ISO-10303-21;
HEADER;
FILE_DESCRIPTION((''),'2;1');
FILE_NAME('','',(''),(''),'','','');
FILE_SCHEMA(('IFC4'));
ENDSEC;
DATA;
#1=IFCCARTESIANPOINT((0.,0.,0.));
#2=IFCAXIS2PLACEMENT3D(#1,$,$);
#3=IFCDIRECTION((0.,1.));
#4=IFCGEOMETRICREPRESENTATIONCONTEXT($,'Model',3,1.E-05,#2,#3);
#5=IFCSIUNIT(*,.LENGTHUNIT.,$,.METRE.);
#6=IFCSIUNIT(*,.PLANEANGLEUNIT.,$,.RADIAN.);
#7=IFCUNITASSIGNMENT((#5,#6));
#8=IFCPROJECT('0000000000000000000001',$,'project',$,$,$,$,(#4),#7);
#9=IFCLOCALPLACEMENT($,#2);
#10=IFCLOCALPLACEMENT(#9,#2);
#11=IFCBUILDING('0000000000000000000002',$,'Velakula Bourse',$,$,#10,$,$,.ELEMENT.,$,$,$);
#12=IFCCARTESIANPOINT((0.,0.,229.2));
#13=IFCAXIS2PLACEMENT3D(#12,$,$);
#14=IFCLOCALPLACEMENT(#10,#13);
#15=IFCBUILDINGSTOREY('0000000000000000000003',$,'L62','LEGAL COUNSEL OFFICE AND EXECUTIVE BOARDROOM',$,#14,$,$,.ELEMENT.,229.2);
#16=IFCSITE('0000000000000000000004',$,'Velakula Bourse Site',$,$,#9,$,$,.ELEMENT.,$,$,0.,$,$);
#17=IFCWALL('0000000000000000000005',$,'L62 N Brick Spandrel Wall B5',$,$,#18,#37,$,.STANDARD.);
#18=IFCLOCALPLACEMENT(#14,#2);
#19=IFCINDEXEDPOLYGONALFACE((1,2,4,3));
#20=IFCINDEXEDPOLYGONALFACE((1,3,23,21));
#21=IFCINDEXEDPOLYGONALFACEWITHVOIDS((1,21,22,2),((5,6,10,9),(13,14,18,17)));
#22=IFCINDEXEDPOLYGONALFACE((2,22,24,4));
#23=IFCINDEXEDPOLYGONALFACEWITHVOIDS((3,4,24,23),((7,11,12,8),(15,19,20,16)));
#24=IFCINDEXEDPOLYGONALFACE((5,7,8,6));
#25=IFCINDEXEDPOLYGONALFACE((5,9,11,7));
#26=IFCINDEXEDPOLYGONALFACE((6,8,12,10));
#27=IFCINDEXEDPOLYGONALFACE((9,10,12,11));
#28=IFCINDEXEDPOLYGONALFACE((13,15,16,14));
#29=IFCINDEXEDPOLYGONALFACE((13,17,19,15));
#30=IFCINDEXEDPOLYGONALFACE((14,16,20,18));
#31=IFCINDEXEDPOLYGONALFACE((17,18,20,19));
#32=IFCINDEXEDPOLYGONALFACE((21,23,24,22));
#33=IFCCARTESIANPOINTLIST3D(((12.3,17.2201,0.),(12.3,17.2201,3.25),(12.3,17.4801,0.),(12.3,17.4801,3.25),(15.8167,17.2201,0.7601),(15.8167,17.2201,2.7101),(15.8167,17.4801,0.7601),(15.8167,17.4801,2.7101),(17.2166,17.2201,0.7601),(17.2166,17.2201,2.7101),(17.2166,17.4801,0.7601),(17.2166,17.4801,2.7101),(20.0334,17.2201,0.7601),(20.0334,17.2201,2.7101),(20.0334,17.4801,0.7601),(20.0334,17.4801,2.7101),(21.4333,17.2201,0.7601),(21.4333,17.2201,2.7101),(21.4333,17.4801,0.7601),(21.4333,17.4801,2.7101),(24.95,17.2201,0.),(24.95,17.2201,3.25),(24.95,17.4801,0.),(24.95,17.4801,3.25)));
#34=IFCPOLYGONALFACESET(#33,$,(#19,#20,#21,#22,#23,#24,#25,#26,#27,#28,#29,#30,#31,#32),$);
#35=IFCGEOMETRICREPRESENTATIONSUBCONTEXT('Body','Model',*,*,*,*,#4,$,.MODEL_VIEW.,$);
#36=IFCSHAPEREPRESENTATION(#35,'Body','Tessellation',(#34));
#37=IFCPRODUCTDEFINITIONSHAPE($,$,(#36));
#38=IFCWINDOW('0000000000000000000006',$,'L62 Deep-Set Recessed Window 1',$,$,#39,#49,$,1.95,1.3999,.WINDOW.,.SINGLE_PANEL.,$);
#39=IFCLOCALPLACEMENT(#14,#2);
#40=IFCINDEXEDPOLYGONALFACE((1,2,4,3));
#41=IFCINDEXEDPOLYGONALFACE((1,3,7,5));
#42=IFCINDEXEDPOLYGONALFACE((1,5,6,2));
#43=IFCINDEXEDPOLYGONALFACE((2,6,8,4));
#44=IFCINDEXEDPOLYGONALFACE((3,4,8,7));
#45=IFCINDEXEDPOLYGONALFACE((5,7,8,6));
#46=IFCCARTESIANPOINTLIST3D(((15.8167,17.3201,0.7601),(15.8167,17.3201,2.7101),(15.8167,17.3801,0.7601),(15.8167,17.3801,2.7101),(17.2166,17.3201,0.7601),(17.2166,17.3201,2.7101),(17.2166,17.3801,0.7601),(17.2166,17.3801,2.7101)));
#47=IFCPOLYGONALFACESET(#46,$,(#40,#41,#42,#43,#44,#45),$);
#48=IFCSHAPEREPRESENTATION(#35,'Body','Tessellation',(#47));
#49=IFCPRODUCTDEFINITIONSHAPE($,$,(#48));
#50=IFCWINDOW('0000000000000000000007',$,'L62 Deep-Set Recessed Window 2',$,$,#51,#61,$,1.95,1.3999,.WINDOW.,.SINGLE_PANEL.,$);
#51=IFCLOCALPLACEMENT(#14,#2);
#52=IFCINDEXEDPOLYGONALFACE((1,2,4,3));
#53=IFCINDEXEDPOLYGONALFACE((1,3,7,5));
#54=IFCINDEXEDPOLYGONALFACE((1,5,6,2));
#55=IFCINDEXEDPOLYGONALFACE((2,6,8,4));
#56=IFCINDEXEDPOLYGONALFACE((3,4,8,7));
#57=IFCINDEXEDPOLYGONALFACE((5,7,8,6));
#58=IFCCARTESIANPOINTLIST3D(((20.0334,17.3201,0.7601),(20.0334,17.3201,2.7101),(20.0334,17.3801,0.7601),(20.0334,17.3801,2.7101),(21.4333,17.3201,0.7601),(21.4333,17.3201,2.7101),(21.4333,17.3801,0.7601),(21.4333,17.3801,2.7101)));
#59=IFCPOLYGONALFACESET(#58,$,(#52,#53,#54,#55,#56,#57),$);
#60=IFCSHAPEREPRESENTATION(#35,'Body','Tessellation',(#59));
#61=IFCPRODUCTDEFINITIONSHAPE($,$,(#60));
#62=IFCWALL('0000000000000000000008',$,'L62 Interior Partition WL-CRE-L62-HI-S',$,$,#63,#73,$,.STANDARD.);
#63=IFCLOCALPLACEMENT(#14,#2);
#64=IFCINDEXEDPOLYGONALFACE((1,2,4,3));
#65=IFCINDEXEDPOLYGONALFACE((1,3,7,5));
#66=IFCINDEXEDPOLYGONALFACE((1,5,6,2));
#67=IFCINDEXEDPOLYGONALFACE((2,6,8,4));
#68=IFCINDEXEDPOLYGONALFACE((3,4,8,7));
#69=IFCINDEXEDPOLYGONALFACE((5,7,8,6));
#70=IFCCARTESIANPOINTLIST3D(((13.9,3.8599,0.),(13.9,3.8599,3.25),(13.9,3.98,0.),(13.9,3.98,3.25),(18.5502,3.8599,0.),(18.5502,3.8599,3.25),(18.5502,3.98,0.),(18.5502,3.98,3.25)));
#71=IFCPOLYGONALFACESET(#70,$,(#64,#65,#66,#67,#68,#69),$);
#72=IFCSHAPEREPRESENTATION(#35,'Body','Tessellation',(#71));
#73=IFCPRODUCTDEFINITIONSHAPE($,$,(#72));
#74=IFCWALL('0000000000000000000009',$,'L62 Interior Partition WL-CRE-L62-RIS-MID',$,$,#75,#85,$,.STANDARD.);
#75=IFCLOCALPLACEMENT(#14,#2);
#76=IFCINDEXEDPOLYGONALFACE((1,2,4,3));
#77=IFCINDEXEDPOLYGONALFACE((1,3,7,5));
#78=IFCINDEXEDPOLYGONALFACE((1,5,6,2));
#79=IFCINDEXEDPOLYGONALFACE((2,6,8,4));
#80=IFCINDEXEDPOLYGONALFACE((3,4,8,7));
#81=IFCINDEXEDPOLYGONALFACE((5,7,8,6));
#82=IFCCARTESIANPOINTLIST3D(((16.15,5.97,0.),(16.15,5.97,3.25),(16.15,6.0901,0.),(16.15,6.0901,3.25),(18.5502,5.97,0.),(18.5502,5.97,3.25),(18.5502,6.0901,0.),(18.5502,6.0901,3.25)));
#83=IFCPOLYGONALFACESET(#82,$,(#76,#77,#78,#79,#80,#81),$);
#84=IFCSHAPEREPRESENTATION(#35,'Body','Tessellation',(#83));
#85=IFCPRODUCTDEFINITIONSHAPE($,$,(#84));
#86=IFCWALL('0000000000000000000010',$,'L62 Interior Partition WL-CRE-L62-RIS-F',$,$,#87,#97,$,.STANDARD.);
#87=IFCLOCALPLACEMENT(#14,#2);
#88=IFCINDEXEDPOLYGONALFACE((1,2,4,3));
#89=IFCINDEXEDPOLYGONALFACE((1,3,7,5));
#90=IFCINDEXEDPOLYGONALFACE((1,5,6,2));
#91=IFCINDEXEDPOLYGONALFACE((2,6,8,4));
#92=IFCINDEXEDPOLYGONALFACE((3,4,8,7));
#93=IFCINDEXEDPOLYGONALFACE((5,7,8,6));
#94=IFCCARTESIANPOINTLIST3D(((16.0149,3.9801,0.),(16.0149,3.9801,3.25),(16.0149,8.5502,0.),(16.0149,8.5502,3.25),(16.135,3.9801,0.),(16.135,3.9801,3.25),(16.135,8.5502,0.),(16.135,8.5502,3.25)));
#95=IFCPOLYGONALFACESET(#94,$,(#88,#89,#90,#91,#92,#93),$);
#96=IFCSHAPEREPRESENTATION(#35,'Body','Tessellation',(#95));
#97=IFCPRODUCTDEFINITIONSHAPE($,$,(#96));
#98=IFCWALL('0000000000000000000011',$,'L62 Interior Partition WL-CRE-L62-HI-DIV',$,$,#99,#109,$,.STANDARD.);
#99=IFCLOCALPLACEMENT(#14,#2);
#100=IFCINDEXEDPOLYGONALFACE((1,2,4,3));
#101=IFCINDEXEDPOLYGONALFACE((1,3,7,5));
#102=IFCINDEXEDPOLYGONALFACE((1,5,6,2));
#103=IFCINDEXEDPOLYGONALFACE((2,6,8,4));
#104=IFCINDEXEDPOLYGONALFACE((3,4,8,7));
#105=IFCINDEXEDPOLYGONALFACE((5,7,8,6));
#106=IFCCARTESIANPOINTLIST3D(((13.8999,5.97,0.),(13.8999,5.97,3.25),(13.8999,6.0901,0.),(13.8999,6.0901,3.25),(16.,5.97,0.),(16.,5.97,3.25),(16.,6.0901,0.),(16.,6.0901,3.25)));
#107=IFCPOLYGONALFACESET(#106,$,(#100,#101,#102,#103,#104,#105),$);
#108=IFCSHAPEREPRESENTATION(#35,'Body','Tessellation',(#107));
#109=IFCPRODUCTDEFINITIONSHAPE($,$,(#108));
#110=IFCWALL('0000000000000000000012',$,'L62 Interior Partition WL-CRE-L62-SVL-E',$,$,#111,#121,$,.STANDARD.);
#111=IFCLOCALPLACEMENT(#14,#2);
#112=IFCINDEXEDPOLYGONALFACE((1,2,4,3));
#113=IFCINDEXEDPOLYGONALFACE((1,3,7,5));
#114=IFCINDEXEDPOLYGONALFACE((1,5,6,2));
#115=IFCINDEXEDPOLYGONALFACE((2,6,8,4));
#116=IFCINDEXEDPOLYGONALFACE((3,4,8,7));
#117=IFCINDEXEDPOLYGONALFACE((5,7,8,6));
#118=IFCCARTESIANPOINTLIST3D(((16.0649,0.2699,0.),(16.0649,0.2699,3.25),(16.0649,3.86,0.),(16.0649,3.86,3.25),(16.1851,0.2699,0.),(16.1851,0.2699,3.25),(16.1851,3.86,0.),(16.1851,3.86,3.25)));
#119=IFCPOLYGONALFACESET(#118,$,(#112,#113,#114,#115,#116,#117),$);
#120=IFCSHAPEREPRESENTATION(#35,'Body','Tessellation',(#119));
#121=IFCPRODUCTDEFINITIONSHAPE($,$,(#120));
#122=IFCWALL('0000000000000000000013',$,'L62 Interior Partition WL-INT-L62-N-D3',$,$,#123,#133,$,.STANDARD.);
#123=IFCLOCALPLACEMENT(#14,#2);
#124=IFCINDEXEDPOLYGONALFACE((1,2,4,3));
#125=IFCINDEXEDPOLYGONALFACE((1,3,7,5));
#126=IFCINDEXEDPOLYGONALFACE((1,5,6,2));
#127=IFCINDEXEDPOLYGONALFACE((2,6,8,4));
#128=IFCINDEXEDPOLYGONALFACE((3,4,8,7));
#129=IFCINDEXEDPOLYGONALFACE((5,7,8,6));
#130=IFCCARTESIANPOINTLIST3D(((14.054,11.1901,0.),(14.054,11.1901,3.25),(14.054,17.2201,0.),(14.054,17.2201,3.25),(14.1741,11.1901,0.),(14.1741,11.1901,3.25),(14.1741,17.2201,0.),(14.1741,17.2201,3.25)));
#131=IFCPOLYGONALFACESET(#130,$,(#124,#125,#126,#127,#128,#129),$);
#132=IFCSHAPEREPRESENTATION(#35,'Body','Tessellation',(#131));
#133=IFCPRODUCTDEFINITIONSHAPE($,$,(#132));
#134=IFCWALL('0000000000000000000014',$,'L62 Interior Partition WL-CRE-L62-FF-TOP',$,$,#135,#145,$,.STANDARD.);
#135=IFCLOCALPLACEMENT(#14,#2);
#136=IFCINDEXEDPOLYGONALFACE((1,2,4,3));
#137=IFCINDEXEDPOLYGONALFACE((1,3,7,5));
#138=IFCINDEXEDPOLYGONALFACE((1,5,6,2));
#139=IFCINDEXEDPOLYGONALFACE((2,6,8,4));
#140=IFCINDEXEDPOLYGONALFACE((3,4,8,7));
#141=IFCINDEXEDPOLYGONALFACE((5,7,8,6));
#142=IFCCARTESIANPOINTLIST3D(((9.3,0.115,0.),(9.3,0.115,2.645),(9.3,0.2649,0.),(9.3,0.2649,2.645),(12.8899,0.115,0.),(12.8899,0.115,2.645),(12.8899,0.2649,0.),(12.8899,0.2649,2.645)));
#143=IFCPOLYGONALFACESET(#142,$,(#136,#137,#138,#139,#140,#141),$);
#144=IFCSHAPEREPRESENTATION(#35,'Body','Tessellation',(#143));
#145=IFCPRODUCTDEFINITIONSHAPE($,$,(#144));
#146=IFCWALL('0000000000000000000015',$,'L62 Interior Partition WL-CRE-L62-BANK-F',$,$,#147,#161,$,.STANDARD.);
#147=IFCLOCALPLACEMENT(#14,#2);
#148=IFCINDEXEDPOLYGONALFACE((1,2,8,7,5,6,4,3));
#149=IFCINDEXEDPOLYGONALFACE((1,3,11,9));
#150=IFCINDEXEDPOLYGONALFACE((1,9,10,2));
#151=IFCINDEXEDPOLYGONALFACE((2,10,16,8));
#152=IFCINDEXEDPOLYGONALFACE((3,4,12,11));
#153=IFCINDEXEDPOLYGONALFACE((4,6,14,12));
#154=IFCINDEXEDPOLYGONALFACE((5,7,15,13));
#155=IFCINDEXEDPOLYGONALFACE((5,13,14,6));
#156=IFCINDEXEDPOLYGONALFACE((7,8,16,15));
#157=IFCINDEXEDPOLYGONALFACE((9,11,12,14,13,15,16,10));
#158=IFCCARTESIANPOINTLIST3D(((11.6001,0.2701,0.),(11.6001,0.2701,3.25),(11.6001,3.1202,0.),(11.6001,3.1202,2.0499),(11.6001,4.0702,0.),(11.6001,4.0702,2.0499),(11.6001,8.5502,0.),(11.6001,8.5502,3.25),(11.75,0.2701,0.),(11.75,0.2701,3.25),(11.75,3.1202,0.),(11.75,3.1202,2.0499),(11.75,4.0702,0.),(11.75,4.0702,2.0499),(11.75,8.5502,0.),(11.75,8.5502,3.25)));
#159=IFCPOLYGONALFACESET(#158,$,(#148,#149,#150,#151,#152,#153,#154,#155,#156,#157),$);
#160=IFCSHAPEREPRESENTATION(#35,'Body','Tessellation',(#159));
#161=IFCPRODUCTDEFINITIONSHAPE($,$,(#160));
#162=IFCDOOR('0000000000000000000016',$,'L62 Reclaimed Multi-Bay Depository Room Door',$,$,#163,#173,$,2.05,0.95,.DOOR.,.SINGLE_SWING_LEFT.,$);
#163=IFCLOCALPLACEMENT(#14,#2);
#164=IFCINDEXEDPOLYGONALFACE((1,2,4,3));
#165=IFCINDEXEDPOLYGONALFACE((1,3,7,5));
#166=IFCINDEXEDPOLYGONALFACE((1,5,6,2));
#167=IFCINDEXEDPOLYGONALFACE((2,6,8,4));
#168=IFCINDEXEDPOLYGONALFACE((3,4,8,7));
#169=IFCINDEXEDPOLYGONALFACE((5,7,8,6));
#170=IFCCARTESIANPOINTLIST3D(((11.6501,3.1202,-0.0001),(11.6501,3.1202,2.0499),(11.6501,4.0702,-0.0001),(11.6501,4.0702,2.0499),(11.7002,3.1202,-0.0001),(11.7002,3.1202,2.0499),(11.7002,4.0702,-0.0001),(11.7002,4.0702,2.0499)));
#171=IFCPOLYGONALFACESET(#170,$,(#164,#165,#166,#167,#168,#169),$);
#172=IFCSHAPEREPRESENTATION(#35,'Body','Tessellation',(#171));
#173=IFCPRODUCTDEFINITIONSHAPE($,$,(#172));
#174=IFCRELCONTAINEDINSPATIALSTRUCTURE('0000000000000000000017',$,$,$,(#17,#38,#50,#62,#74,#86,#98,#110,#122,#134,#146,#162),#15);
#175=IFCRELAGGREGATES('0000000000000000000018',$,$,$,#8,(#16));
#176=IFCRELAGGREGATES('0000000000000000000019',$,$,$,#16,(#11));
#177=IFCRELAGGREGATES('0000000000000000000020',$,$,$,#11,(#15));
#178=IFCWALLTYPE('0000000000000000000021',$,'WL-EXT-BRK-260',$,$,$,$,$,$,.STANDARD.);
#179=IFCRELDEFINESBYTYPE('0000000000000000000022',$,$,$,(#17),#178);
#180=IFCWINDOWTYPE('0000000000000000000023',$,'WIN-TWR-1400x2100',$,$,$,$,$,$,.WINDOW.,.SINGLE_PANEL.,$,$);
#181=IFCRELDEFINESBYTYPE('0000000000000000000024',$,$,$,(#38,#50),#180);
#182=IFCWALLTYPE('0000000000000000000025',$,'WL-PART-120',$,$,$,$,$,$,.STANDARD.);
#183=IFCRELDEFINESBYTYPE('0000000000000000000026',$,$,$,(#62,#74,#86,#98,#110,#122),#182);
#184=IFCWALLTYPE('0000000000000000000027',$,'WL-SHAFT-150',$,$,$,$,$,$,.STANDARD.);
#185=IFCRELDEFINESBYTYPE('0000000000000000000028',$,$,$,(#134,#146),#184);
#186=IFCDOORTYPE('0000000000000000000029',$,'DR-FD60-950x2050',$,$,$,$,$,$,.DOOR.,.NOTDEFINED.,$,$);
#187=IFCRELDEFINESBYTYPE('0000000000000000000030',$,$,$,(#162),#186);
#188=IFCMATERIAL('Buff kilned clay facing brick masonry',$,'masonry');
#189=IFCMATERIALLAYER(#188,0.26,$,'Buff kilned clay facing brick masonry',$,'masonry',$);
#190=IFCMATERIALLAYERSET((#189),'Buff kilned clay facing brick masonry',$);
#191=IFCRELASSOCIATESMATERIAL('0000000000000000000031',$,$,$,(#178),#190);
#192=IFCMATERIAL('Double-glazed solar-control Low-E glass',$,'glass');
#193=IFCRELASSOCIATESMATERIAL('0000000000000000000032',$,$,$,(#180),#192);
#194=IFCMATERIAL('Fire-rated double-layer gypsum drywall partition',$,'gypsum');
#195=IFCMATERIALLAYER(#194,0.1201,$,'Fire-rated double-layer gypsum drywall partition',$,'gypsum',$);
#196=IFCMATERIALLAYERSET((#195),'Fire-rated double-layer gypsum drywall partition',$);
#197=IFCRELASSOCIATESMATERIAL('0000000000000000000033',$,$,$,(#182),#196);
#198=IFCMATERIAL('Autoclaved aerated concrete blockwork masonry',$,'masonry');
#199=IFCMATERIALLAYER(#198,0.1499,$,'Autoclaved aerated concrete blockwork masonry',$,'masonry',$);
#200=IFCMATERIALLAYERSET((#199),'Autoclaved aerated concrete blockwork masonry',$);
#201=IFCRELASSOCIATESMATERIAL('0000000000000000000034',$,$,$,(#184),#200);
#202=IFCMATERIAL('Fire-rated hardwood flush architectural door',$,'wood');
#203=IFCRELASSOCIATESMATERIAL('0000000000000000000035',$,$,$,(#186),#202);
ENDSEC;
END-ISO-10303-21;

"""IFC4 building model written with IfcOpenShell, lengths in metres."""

from ifc_helpers import new_model, si_unit, direction, frame, frame_2d, origin, place, context, subcontext, project, spatial, rectangle, extrude, material, layer, layer_set, type_object, element, fill, save


model = new_model("IFC4")

# Units and contexts
model_context = context("Model", 3, precision=1e-05, world=origin(), true_north=direction((0.0, 1.0)))
body_context = subcontext(model_context, "Body", "Model", "MODEL_VIEW")
ifc_project = project(units=[si_unit("LENGTHUNIT", "METRE"), si_unit("PLANEANGLEUNIT", "RADIAN")], contexts=[model_context])

# Site, building, storey
site_placement = place(None, origin())
site = spatial("IfcSite", under=ifc_project, at=site_placement, Name="Velakula Bourse Site", CompositionType="ELEMENT", RefElevation=0.0)
building_placement = place(site_placement, origin())
building = spatial("IfcBuilding", under=site, at=building_placement, Name="Velakula Bourse", CompositionType="ELEMENT")
storey_placement = place(building_placement, frame((0.0, 0.0, 229.2)))
storey = spatial("IfcBuildingStorey", under=building, at=storey_placement, Name="L62", Description="LEGAL COUNSEL OFFICE AND EXECUTIVE BOARDROOM", CompositionType="ELEMENT", Elevation=229.2)

# Wall, openings, windows
ifc_material_1 = material(Name="Buff kilned clay facing brick masonry", Category="masonry")
ifc_layer_1 = layer(ifc_material_1, 0.26, Name="Buff kilned clay facing brick masonry", Category="masonry")
ifc_layer_set_1 = layer_set([ifc_layer_1], Name="Buff kilned clay facing brick masonry")
wall_type_1 = type_object("IfcWallType", Name="WL-EXT-BRK-260", PredefinedType="STANDARD", material=ifc_layer_set_1)
wall_1_placement = place(storey_placement, frame((12.3, 17.3501, 0.0), z_axis=(0.0, 0.0, 1.0), x_axis=(1.0, 0.0, 0.0)))
wall_1 = element("IfcWall", 1, at=wall_1_placement, inside=storey, type_object=wall_type_1, Name="L62 N Brick Spandrel Wall B5", PredefinedType="STANDARD", context=body_context, shape_type="SweptSolid", body=[
    extrude(rectangle(XDim=12.6499, YDim=0.26, at=frame_2d((6.325, 0.0))), origin(), (0.0, 0.0, 1.0), 3.25),
])
opening_1_placement = place(wall_1_placement, frame((3.5166, 0.0, 0.76)))
opening_1 = element("IfcOpeningElement", 2, at=opening_1_placement, cuts=wall_1, PredefinedType="OPENING", context=body_context, shape_type="SweptSolid", body=[
    extrude(rectangle(XDim=1.3999, YDim=1.95, at=frame_2d((0.7, 0.9751))), frame((0.0, 0.1399, 0.0), z_axis=(0.0, -1.0, 0.0), x_axis=(1.0, 0.0, 0.0)), (0.0, 0.0, 1.0), 0.28),
])
opening_2_placement = place(wall_1_placement, frame((7.7334, 0.0, 0.76)))
opening_2 = element("IfcOpeningElement", 3, at=opening_2_placement, cuts=wall_1, PredefinedType="OPENING", context=body_context, shape_type="SweptSolid", body=[
    extrude(rectangle(XDim=1.3999, YDim=1.95, at=frame_2d((0.7, 0.9751))), frame((0.0, 0.1399, 0.0), z_axis=(0.0, -1.0, 0.0), x_axis=(1.0, 0.0, 0.0)), (0.0, 0.0, 1.0), 0.28),
])
ifc_material_2 = material(Name="Double-glazed solar-control Low-E glass", Category="glass")
window_type = type_object("IfcWindowType", Name="WIN-TWR-1400x2100", PartitioningType="SINGLE_PANEL", PredefinedType="WINDOW", material=ifc_material_2)
window_1_placement = place(opening_1_placement, origin())
window_1 = element("IfcWindow", 4, at=window_1_placement, inside=storey, type_object=window_type, Name="L62 Deep-Set Recessed Window 1", OverallHeight=1.95, OverallWidth=1.3999, PartitioningType="SINGLE_PANEL", PredefinedType="WINDOW", context=body_context, shape_type="SweptSolid", body=[
    extrude(rectangle(XDim=1.3999, YDim=1.95, at=frame_2d((0.7, 0.9751))), frame((0.0, 0.03, 0.0), z_axis=(0.0, -1.0, 0.0), x_axis=(1.0, 0.0, 0.0)), (0.0, 0.0, 1.0), 0.0601),
])
fill(opening_1, window_1)
window_2_placement = place(opening_2_placement, origin())
window_2 = element("IfcWindow", 5, at=window_2_placement, inside=storey, type_object=window_type, Name="L62 Deep-Set Recessed Window 2", OverallHeight=1.95, OverallWidth=1.3999, PartitioningType="SINGLE_PANEL", PredefinedType="WINDOW", context=body_context, shape_type="SweptSolid", body=[
    extrude(rectangle(XDim=1.3999, YDim=1.95, at=frame_2d((0.7, 0.9751))), frame((0.0, 0.03, 0.0), z_axis=(0.0, -1.0, 0.0), x_axis=(1.0, 0.0, 0.0)), (0.0, 0.0, 1.0), 0.0601),
])
fill(opening_2, window_2)

# Walls
ifc_material_3 = material(Name="Fire-rated double-layer gypsum drywall partition", Category="gypsum")
ifc_layer_2 = layer(ifc_material_3, 0.1201, Name="Fire-rated double-layer gypsum drywall partition", Category="gypsum")
ifc_layer_set_2 = layer_set([ifc_layer_2], Name="Fire-rated double-layer gypsum drywall partition")
wall_type_2 = type_object("IfcWallType", Name="WL-PART-120", PredefinedType="STANDARD", material=ifc_layer_set_2)
wall_2_placement = place(storey_placement, frame((13.8999, 3.9199, 0.0), z_axis=(0.0, 0.0, 1.0), x_axis=(1.0, 0.0, 0.0)))
element("IfcWall", 6, at=wall_2_placement, inside=storey, type_object=wall_type_2, Name="L62 Interior Partition WL-CRE-L62-HI-S", PredefinedType="STANDARD", context=body_context, shape_type="SweptSolid", body=[
    extrude(rectangle(XDim=4.6501, YDim=0.1201, at=frame_2d((2.3252, 0.0))), origin(), (0.0, 0.0, 1.0), 3.25),
])
wall_3_placement = place(storey_placement, frame((16.1499, 6.03, 0.0), z_axis=(0.0, 0.0, 1.0), x_axis=(1.0, 0.0, 0.0)))
element("IfcWall", 7, at=wall_3_placement, inside=storey, type_object=wall_type_2, Name="L62 Interior Partition WL-CRE-L62-RIS-MID", PredefinedType="STANDARD", context=body_context, shape_type="SweptSolid", body=[
    extrude(rectangle(XDim=2.4001, YDim=0.1201, at=frame_2d((1.2002, 0.0))), origin(), (0.0, 0.0, 1.0), 3.25),
])
wall_4_placement = place(storey_placement, frame((16.075, 3.98, 0.0), z_axis=(0.0, 0.0, 1.0), x_axis=(0.0, 1.0, 0.0)))
element("IfcWall", 8, at=wall_4_placement, inside=storey, type_object=wall_type_2, Name="L62 Interior Partition WL-CRE-L62-RIS-F", PredefinedType="STANDARD", context=body_context, shape_type="SweptSolid", body=[
    extrude(rectangle(XDim=4.5701, YDim=0.1201, at=frame_2d((2.2852, 0.0))), origin(), (0.0, 0.0, 1.0), 3.25),
])
wall_5_placement = place(storey_placement, frame((13.8999, 6.03, 0.0), z_axis=(0.0, 0.0, 1.0), x_axis=(1.0, 0.0, 0.0)))
element("IfcWall", 9, at=wall_5_placement, inside=storey, type_object=wall_type_2, Name="L62 Interior Partition WL-CRE-L62-HI-DIV", PredefinedType="STANDARD", context=body_context, shape_type="SweptSolid", body=[
    extrude(rectangle(XDim=2.1001, YDim=0.1201, at=frame_2d((1.05, 0.0))), origin(), (0.0, 0.0, 1.0), 3.25),
])
wall_6_placement = place(storey_placement, frame((16.125, 0.27, 0.0), z_axis=(0.0, 0.0, 1.0), x_axis=(0.0, 1.0, 0.0)))
element("IfcWall", 10, at=wall_6_placement, inside=storey, type_object=wall_type_2, Name="L62 Interior Partition WL-CRE-L62-SVL-E", PredefinedType="STANDARD", context=body_context, shape_type="SweptSolid", body=[
    extrude(rectangle(XDim=3.5901, YDim=0.1201, at=frame_2d((1.7949, 0.0))), origin(), (0.0, 0.0, 1.0), 3.25),
])
wall_7_placement = place(storey_placement, frame((14.114, 11.1899, 0.0), z_axis=(0.0, 0.0, 1.0), x_axis=(0.0, 1.0, 0.0)))
element("IfcWall", 11, at=wall_7_placement, inside=storey, type_object=wall_type_2, Name="L62 Interior Partition WL-INT-L62-N-D3", PredefinedType="STANDARD", context=body_context, shape_type="SweptSolid", body=[
    extrude(rectangle(XDim=6.03, YDim=0.1201, at=frame_2d((3.0151, 0.0))), origin(), (0.0, 0.0, 1.0), 3.25),
])
ifc_material_4 = material(Name="Autoclaved aerated concrete blockwork masonry", Category="masonry")
ifc_layer_3 = layer(ifc_material_4, 0.1499, Name="Autoclaved aerated concrete blockwork masonry", Category="masonry")
ifc_layer_set_3 = layer_set([ifc_layer_3], Name="Autoclaved aerated concrete blockwork masonry")
wall_type_3 = type_object("IfcWallType", Name="WL-SHAFT-150", PredefinedType="STANDARD", material=ifc_layer_set_3)
wall_8_placement = place(storey_placement, frame((9.3, 0.1899, 0.0), z_axis=(0.0, 0.0, 1.0), x_axis=(1.0, 0.0, 0.0)))
element("IfcWall", 12, at=wall_8_placement, inside=storey, type_object=wall_type_3, Name="L62 Interior Partition WL-CRE-L62-FF-TOP", PredefinedType="STANDARD", context=body_context, shape_type="SweptSolid", body=[
    extrude(rectangle(XDim=3.5898, YDim=0.1499, at=frame_2d((1.7949, 0.0))), origin(), (0.0, 0.0, 1.0), 2.645),
])

# Wall, opening, door
wall_9_placement = place(storey_placement, frame((11.675, 0.27, 0.0), z_axis=(0.0, 0.0, 1.0), x_axis=(0.0, 1.0, 0.0)))
wall_9 = element("IfcWall", 13, at=wall_9_placement, inside=storey, type_object=wall_type_3, Name="L62 Interior Partition WL-CRE-L62-BANK-F", PredefinedType="STANDARD", context=body_context, shape_type="SweptSolid", body=[
    extrude(rectangle(XDim=8.28, YDim=0.1499, at=frame_2d((4.1401, 0.0))), origin(), (0.0, 0.0, 1.0), 3.25),
])
opening_3_placement = place(wall_9_placement, frame((2.8501, 0.0, 0.0)))
opening_3 = element("IfcOpeningElement", 14, at=opening_3_placement, cuts=wall_9, PredefinedType="OPENING", context=body_context, shape_type="SweptSolid", body=[
    extrude(rectangle(XDim=0.95, YDim=2.05, at=frame_2d((0.4751, 1.0249))), frame((0.0, 0.085, 0.0), z_axis=(0.0, -1.0, 0.0), x_axis=(1.0, 0.0, 0.0)), (0.0, 0.0, 1.0), 0.1699),
])
ifc_material_5 = material(Name="Fire-rated hardwood flush architectural door", Category="wood")
door_type_1 = type_object("IfcDoorType", Name="DR-FD60-950x2050", OperationType="NOTDEFINED", PredefinedType="DOOR", material=ifc_material_5)
door_1_placement = place(opening_3_placement, origin())
door_1 = element("IfcDoor", 15, at=door_1_placement, inside=storey, type_object=door_type_1, Name="L62 Reclaimed Multi-Bay Depository Room Door", OperationType="SINGLE_SWING_LEFT", OverallHeight=2.05, OverallWidth=0.95, PredefinedType="DOOR", context=body_context, shape_type="SweptSolid", body=[
    extrude(rectangle(XDim=0.95, YDim=2.05, at=frame_2d((0.4751, 1.0249))), frame((0.0, 0.0249, 0.0), z_axis=(0.0, -1.0, 0.0), x_axis=(1.0, 0.0, 0.0)), (0.0, 0.0, 1.0), 0.05),
])
fill(opening_3, door_1)

save(model, "model.ifc")
